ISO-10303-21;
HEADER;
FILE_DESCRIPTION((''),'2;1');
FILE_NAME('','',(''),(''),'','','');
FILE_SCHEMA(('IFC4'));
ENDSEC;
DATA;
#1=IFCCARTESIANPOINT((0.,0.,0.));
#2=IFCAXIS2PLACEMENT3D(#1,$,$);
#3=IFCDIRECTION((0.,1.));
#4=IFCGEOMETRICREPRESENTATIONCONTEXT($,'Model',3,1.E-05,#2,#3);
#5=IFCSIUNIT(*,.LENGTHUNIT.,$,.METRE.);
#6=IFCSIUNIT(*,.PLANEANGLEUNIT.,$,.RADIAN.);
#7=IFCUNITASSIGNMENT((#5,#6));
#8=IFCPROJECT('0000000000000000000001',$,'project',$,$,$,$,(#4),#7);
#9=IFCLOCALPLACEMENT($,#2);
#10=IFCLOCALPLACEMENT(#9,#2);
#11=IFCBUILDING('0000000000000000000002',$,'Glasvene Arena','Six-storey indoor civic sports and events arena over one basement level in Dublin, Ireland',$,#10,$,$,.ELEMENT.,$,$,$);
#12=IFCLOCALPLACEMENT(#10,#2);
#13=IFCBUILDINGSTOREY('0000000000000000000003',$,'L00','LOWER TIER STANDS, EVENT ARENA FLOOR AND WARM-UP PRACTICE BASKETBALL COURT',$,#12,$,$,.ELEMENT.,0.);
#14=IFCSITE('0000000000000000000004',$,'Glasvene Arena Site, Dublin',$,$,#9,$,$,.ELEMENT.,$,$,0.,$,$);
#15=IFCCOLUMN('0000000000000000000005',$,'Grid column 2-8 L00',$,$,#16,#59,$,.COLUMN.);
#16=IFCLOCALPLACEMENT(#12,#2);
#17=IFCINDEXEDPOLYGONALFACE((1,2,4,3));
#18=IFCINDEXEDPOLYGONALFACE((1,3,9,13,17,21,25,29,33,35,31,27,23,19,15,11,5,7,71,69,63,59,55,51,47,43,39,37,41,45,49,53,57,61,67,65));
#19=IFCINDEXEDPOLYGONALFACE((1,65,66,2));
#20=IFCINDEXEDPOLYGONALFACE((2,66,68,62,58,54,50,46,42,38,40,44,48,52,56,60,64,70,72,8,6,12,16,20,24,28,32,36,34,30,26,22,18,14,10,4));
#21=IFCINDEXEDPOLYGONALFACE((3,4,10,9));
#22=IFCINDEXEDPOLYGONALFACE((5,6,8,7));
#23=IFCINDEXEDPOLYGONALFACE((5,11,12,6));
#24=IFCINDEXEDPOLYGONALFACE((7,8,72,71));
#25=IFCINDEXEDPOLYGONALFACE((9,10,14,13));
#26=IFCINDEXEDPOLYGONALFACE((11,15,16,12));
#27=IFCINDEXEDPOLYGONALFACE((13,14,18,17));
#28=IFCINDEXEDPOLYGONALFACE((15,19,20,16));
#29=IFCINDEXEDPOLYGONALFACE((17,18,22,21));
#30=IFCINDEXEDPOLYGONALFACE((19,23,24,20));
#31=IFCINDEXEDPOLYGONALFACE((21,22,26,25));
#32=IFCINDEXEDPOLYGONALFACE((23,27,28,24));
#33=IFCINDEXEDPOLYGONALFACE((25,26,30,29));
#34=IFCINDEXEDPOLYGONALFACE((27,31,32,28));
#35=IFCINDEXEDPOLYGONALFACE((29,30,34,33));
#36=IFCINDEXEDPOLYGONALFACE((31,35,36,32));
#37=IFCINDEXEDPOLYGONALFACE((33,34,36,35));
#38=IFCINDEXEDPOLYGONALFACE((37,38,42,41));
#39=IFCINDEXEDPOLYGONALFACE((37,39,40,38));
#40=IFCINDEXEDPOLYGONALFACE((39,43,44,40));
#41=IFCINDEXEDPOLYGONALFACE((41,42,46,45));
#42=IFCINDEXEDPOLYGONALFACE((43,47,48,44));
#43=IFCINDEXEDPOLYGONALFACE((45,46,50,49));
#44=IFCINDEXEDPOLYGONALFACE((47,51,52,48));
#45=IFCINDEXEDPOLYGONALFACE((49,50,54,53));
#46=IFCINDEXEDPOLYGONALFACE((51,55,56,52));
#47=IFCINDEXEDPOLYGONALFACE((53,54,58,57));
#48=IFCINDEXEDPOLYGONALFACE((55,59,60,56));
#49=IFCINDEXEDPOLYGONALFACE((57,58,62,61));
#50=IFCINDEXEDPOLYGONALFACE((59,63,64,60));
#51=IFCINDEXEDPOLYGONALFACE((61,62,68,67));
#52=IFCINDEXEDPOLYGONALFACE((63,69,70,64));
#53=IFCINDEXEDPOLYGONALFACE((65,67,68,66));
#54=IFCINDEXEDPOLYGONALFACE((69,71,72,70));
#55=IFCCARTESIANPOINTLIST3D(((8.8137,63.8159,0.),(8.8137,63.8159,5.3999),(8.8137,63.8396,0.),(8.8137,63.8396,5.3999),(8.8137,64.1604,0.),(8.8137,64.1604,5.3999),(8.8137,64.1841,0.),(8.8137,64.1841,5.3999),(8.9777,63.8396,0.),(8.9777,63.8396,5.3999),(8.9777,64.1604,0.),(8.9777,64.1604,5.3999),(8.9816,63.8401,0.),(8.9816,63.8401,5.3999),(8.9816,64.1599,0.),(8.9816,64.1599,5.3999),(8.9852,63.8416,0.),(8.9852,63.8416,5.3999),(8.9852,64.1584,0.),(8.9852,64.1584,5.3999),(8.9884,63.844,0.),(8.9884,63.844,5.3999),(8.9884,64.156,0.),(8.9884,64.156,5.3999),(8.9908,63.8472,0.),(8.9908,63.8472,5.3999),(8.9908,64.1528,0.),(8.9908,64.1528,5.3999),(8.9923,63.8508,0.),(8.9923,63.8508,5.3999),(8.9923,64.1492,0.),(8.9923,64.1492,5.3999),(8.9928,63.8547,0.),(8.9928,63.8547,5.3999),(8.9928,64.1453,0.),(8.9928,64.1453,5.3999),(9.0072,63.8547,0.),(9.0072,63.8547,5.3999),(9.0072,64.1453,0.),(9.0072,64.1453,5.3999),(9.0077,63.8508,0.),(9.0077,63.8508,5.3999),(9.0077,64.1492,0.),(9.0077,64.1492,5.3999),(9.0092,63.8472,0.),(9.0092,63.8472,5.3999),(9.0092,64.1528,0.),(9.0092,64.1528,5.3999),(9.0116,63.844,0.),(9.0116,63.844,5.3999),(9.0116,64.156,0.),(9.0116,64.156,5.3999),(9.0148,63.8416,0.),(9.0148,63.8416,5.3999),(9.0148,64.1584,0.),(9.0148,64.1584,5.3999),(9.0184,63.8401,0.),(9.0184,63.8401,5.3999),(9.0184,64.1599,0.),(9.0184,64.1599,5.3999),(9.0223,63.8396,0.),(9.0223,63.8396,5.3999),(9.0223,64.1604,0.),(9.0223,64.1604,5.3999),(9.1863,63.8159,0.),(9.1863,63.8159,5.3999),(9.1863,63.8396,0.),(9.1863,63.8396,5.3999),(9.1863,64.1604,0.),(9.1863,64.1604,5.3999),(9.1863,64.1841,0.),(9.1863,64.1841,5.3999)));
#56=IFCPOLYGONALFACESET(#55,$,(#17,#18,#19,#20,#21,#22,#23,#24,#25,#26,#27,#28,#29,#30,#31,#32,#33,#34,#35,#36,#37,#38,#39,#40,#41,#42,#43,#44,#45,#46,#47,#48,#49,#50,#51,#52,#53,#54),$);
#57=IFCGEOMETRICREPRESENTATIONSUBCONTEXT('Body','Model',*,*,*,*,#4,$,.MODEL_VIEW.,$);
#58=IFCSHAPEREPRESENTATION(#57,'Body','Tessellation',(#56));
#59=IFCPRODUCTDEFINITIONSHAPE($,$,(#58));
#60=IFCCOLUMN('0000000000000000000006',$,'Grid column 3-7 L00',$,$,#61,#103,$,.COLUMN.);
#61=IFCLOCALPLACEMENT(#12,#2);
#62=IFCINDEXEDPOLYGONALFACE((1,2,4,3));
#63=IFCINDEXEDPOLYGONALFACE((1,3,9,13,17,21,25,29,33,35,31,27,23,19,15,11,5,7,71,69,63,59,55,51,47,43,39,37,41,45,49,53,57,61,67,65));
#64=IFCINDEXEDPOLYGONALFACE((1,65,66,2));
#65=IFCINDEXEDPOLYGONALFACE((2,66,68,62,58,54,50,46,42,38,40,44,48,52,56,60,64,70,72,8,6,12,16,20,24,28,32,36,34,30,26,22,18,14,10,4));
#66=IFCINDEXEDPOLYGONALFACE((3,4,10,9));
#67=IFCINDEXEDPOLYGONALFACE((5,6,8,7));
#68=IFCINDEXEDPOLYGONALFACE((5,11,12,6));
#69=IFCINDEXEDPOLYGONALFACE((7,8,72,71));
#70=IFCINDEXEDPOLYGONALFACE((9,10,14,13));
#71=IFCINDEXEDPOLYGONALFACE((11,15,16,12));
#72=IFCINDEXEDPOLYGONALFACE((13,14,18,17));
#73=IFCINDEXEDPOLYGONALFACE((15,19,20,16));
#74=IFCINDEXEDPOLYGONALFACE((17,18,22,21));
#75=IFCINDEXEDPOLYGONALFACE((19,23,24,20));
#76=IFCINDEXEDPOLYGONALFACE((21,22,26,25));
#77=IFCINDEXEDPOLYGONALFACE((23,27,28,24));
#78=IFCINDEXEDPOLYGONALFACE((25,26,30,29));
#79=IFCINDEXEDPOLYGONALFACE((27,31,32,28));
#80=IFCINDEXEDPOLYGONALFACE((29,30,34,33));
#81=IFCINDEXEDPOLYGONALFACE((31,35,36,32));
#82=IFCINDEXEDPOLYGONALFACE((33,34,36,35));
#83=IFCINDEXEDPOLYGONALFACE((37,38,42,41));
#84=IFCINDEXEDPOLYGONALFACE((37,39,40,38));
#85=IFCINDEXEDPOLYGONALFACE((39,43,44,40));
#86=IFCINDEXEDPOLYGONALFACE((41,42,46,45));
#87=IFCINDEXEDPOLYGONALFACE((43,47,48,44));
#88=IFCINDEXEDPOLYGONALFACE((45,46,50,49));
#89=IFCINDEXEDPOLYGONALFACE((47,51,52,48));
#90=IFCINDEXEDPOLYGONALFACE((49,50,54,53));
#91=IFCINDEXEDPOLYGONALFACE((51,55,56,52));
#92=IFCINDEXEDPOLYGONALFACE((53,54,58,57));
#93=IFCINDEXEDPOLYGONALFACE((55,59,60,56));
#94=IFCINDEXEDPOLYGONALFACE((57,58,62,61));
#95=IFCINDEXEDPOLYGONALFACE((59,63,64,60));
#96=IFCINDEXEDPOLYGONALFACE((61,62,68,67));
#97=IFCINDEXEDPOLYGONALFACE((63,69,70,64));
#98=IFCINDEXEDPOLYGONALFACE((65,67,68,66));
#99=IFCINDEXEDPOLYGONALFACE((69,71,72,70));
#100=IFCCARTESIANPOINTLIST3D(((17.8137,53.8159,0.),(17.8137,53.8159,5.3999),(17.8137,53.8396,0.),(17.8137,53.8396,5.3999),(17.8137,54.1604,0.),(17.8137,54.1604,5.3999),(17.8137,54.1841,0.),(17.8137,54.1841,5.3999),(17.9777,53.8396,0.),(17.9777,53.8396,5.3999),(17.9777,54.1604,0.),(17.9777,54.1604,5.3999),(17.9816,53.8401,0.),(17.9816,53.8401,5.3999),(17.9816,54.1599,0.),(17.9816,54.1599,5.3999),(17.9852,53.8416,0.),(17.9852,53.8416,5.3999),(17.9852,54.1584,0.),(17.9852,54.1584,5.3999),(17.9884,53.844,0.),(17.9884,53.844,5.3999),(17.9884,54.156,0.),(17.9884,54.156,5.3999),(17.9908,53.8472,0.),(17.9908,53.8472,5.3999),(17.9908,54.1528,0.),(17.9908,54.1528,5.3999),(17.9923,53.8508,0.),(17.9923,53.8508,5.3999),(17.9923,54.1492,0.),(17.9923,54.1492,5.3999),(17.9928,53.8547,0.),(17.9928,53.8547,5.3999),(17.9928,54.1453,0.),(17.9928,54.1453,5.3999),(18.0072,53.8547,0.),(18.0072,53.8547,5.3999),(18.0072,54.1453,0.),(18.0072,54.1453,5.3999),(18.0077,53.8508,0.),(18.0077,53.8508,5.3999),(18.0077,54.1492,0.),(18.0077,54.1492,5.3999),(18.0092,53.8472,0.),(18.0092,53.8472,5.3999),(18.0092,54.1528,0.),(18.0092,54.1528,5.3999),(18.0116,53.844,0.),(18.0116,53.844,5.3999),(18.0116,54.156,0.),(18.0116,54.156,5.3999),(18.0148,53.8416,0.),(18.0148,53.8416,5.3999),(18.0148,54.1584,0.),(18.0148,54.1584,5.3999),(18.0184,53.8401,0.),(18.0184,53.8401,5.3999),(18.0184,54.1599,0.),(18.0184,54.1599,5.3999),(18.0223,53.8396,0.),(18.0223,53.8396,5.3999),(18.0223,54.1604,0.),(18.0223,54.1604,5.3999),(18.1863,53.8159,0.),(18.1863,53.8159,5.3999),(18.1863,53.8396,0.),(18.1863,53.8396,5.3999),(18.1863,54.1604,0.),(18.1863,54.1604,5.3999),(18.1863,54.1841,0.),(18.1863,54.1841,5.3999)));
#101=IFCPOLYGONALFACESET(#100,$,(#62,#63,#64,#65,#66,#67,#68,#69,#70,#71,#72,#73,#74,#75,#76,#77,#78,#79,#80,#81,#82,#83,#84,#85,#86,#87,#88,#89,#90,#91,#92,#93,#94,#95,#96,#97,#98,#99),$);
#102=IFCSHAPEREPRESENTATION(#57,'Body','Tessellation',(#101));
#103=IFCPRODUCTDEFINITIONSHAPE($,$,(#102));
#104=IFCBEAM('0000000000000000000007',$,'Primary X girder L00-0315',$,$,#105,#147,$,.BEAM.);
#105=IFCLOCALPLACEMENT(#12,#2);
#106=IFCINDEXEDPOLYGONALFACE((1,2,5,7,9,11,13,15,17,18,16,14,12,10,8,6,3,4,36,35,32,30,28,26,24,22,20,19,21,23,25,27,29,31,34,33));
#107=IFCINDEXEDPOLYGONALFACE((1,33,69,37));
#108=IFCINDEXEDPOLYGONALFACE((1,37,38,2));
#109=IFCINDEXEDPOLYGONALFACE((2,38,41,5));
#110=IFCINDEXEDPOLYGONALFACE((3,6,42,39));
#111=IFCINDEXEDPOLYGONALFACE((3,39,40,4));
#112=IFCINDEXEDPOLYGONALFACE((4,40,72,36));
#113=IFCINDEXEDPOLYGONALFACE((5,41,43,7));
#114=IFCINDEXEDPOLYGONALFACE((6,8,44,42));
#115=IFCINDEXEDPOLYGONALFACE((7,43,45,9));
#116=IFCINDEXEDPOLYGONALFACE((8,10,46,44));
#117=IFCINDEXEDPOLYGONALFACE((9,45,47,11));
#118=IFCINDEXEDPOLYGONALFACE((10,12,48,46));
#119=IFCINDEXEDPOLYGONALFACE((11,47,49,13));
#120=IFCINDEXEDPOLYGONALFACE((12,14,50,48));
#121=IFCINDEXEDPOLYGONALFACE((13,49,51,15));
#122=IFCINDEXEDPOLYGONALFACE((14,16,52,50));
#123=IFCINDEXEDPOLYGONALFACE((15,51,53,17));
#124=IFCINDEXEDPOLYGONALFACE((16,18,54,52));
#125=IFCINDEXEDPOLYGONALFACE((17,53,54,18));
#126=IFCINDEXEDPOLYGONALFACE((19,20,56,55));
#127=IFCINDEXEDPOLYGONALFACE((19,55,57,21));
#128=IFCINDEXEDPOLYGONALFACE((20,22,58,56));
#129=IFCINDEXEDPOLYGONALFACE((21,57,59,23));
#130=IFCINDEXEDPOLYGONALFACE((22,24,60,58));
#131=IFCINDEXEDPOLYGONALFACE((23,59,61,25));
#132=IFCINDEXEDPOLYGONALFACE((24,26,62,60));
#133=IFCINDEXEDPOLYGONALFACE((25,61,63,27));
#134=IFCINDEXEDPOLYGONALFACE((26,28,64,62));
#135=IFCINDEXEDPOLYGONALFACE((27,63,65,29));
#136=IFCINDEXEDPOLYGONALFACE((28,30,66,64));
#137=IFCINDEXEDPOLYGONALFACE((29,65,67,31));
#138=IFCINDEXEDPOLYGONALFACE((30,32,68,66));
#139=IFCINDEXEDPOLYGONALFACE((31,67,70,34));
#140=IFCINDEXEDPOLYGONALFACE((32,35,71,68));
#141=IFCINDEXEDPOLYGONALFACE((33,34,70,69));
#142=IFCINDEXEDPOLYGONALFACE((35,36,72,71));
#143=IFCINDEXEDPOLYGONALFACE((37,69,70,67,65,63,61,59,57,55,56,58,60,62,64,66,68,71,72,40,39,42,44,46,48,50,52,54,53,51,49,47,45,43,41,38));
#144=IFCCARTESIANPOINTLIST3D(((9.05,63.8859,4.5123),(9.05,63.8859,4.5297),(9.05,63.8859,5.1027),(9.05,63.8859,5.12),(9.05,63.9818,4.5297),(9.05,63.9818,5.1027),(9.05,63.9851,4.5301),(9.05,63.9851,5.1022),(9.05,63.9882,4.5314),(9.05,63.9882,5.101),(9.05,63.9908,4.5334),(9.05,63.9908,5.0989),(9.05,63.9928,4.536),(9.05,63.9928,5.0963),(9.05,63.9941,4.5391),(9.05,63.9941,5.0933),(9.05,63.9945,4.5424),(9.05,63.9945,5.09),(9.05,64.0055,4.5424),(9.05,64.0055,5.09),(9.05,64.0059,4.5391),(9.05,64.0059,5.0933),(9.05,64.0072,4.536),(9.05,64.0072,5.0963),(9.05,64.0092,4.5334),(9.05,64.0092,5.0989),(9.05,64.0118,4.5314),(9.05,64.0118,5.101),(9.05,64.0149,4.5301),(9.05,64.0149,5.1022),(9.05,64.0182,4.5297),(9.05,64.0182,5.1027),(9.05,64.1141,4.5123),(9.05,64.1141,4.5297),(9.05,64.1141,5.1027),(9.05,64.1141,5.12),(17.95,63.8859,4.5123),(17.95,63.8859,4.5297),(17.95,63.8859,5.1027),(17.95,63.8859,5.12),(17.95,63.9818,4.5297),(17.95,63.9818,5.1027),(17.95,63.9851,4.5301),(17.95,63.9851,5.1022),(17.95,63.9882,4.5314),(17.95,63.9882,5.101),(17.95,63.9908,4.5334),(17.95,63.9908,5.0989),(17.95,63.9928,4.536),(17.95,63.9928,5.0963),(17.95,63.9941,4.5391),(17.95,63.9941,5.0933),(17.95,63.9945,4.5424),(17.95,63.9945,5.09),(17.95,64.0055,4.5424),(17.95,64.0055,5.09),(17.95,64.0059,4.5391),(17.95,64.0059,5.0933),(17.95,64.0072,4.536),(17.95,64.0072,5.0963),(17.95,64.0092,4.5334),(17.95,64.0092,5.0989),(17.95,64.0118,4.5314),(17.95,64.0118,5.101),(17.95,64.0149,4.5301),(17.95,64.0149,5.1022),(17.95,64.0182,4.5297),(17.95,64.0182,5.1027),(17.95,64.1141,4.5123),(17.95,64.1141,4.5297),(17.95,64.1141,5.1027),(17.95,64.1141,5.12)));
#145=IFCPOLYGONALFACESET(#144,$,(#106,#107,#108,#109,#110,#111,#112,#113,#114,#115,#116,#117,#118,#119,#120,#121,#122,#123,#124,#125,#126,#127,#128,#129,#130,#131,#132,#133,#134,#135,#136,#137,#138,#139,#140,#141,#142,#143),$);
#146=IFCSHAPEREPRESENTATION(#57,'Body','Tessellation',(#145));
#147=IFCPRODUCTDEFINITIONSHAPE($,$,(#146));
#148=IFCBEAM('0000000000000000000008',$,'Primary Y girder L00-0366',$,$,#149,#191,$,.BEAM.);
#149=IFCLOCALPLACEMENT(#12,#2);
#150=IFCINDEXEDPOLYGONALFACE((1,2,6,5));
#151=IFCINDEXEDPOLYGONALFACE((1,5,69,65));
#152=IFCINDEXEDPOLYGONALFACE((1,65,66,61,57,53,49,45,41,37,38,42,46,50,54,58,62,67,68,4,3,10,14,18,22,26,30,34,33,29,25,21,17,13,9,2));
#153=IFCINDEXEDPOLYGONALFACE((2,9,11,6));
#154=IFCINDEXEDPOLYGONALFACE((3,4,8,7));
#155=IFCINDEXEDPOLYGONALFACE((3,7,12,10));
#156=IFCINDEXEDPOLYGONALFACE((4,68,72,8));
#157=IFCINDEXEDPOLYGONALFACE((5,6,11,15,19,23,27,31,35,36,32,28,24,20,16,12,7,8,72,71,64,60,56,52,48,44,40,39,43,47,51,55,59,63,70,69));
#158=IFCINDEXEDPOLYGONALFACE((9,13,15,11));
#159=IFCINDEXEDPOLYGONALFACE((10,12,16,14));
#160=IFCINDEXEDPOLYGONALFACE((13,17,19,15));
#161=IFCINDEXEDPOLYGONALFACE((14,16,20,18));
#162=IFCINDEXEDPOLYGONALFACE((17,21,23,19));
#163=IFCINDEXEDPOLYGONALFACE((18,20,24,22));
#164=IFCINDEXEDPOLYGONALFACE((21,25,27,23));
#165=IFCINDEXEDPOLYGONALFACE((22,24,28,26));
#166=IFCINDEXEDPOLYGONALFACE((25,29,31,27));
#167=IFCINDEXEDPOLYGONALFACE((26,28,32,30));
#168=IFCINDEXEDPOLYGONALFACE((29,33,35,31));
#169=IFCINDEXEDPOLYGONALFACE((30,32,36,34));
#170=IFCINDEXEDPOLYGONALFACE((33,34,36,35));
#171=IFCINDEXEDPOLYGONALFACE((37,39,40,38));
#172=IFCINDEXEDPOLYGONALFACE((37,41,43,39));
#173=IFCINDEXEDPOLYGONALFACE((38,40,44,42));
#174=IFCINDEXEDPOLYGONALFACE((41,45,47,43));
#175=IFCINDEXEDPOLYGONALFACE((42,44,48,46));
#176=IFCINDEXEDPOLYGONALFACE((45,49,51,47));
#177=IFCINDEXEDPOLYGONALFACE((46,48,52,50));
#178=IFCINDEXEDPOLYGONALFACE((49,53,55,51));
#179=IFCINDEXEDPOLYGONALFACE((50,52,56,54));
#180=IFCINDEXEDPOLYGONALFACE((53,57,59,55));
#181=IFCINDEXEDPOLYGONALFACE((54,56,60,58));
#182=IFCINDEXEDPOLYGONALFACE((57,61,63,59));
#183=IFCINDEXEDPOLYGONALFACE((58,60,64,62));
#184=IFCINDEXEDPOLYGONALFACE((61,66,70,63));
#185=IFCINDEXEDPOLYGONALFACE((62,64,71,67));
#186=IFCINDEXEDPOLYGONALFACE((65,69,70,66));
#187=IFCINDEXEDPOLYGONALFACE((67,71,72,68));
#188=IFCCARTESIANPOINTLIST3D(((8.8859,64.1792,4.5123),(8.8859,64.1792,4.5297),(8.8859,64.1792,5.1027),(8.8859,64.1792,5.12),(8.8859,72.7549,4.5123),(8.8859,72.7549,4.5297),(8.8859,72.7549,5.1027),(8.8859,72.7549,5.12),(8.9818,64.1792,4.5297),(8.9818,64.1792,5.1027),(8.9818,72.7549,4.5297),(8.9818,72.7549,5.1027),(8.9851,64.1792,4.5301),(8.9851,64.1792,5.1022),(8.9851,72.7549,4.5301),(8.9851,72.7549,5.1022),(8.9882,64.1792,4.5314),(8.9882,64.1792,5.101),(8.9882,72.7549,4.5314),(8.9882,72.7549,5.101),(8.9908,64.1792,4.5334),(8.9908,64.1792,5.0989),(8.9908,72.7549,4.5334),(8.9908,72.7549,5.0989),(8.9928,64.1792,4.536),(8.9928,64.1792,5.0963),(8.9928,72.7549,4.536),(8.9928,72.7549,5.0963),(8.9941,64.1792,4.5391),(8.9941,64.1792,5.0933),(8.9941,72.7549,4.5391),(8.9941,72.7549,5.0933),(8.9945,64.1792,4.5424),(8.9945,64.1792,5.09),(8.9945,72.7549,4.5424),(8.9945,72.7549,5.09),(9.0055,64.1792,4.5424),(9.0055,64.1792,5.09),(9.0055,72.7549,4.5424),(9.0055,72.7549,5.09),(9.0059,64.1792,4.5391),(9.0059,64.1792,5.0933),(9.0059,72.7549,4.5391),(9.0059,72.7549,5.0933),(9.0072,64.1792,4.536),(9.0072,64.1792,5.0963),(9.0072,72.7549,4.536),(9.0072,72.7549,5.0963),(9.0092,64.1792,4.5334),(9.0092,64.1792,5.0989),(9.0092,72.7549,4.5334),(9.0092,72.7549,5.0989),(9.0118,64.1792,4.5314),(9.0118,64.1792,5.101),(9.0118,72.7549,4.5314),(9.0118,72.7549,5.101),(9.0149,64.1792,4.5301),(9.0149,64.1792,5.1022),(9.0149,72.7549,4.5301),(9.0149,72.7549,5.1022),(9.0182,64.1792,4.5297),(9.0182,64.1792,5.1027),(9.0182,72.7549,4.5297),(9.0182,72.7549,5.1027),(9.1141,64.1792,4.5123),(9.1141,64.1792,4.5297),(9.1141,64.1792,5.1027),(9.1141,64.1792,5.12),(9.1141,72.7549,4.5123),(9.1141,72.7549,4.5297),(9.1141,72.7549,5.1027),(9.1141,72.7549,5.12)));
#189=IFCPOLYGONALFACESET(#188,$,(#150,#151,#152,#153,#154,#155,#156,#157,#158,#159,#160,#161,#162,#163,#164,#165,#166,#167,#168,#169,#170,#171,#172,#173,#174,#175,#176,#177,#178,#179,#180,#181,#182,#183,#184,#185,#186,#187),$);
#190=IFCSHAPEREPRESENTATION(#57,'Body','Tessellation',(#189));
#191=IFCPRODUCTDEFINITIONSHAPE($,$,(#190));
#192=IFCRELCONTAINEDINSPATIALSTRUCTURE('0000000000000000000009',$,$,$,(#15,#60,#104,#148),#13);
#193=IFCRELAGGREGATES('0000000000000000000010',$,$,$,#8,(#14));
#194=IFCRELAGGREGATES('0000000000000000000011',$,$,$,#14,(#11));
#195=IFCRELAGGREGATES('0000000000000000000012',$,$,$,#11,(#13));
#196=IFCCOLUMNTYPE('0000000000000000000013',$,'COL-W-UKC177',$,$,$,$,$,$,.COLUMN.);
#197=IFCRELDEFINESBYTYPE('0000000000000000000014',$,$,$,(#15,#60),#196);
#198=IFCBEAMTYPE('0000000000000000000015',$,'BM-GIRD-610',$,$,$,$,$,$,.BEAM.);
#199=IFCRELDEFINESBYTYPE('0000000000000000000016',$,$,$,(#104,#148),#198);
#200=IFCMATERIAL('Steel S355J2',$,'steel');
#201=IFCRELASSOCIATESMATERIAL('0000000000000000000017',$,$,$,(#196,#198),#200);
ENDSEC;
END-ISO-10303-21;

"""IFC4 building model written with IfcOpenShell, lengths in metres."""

from ifc_helpers import new_model, si_unit, direction, frame, origin, origin_2d, place, context, subcontext, project, spatial, i_section, extrude, material, material_profile, profile_set, type_object, element, save


model = new_model("IFC4")

# Units and contexts
model_context = context("Model", 3, precision=1e-05, world=origin(), true_north=direction((0.0, 1.0)))
body_context = subcontext(model_context, "Body", "Model", "MODEL_VIEW")
ifc_project = project(units=[si_unit("LENGTHUNIT", "METRE"), si_unit("PLANEANGLEUNIT", "RADIAN")], contexts=[model_context])

# Site, building, storey
site_placement = place(None, origin())
site = spatial("IfcSite", under=ifc_project, at=site_placement, Name="Glasvene Arena Site, Dublin", CompositionType="ELEMENT", RefElevation=0.0)
building_placement = place(site_placement, origin())
building = spatial("IfcBuilding", under=site, at=building_placement, Name="Glasvene Arena", Description="Six-storey indoor civic sports and events arena over one basement level in Dublin, Ireland", CompositionType="ELEMENT")
storey_placement = place(building_placement, origin())
storey = spatial("IfcBuildingStorey", under=building, at=storey_placement, Name="L00", Description="LOWER TIER STANDS, EVENT ARENA FLOOR AND WARM-UP PRACTICE BASKETBALL COURT", CompositionType="ELEMENT", Elevation=0.0)

# Columns
ifc_material_1 = material(Name="Steel S355J2", Category="steel")
ifc_material_profile_1 = material_profile(ifc_material_1, i_section(OverallWidth=0.3726, OverallDepth=0.3682, WebThickness=0.0144, FlangeThickness=0.0237, FilletRadius=0.0151, at=origin_2d()), Name="UKC 356x368x177")
ifc_profile_set_1 = profile_set([ifc_material_profile_1], Name="Steel S355J2")
column_type = type_object("IfcColumnType", Name="COL-W-UKC177", PredefinedType="COLUMN", material=ifc_profile_set_1)
for number, where, z_axis, x_axis, name in (
    (1, (9.0, 64.0, 0.0), (0.0, 0.0, 1.0), (1.0, 0.0, 0.0), "Grid column 2-8 L00"),
    (2, (18.0, 54.0, 0.0), (0.0, 0.0, 1.0), (1.0, 0.0, 0.0), "Grid column 3-7 L00"),
):
    element("IfcColumn", number, at=place(storey_placement, frame(where, z_axis=z_axis, x_axis=x_axis)), inside=storey, type_object=column_type, Name=name, PredefinedType="COLUMN", context=body_context, shape_type="SweptSolid", body=[
        extrude(i_section(OverallWidth=0.3726, OverallDepth=0.3682, WebThickness=0.0144, FlangeThickness=0.0237, FilletRadius=0.0151, at=origin_2d()), origin(), (0.0, 0.0, 1.0), 5.3999),
    ])

# Beams
ifc_material_profile_2 = material_profile(ifc_material_1, i_section(OverallWidth=0.2283, OverallDepth=0.6077, WebThickness=0.011, FlangeThickness=0.0173, FilletRadius=0.0127, at=origin_2d()), Name="UKB 610x229x113")
ifc_profile_set_2 = profile_set([ifc_material_profile_2], Name="Steel S355J2")
beam_type_1 = type_object("IfcBeamType", Name="BM-GIRD-610", PredefinedType="BEAM", material=ifc_profile_set_2)
beam_1_placement = place(storey_placement, frame((9.05, 64.0, 4.8162), z_axis=(1.0, 0.0, 0.0), x_axis=(0.0, 1.0, 0.0)))
element("IfcBeam", 3, at=beam_1_placement, inside=storey, type_object=beam_type_1, Name="Primary X girder L00-0315", PredefinedType="BEAM", context=body_context, shape_type="SweptSolid", body=[
    extrude(i_section(OverallWidth=0.2283, OverallDepth=0.6077, WebThickness=0.011, FlangeThickness=0.0173, FilletRadius=0.0127, at=origin_2d()), origin(), (0.0, 0.0, 1.0), 8.8999),
])
beam_2_placement = place(storey_placement, frame((9.0, 64.1792, 4.8162), z_axis=(0.0, 1.0, 0.0), x_axis=(-1.0, 0.0, 0.0)))
element("IfcBeam", 4, at=beam_2_placement, inside=storey, type_object=beam_type_1, Name="Primary Y girder L00-0366", PredefinedType="BEAM", context=body_context, shape_type="SweptSolid", body=[
    extrude(i_section(OverallWidth=0.2283, OverallDepth=0.6077, WebThickness=0.011, FlangeThickness=0.0173, FilletRadius=0.0127, at=origin_2d()), origin(), (0.0, 0.0, 1.0), 8.5757),
])

save(model, "model.ifc")
